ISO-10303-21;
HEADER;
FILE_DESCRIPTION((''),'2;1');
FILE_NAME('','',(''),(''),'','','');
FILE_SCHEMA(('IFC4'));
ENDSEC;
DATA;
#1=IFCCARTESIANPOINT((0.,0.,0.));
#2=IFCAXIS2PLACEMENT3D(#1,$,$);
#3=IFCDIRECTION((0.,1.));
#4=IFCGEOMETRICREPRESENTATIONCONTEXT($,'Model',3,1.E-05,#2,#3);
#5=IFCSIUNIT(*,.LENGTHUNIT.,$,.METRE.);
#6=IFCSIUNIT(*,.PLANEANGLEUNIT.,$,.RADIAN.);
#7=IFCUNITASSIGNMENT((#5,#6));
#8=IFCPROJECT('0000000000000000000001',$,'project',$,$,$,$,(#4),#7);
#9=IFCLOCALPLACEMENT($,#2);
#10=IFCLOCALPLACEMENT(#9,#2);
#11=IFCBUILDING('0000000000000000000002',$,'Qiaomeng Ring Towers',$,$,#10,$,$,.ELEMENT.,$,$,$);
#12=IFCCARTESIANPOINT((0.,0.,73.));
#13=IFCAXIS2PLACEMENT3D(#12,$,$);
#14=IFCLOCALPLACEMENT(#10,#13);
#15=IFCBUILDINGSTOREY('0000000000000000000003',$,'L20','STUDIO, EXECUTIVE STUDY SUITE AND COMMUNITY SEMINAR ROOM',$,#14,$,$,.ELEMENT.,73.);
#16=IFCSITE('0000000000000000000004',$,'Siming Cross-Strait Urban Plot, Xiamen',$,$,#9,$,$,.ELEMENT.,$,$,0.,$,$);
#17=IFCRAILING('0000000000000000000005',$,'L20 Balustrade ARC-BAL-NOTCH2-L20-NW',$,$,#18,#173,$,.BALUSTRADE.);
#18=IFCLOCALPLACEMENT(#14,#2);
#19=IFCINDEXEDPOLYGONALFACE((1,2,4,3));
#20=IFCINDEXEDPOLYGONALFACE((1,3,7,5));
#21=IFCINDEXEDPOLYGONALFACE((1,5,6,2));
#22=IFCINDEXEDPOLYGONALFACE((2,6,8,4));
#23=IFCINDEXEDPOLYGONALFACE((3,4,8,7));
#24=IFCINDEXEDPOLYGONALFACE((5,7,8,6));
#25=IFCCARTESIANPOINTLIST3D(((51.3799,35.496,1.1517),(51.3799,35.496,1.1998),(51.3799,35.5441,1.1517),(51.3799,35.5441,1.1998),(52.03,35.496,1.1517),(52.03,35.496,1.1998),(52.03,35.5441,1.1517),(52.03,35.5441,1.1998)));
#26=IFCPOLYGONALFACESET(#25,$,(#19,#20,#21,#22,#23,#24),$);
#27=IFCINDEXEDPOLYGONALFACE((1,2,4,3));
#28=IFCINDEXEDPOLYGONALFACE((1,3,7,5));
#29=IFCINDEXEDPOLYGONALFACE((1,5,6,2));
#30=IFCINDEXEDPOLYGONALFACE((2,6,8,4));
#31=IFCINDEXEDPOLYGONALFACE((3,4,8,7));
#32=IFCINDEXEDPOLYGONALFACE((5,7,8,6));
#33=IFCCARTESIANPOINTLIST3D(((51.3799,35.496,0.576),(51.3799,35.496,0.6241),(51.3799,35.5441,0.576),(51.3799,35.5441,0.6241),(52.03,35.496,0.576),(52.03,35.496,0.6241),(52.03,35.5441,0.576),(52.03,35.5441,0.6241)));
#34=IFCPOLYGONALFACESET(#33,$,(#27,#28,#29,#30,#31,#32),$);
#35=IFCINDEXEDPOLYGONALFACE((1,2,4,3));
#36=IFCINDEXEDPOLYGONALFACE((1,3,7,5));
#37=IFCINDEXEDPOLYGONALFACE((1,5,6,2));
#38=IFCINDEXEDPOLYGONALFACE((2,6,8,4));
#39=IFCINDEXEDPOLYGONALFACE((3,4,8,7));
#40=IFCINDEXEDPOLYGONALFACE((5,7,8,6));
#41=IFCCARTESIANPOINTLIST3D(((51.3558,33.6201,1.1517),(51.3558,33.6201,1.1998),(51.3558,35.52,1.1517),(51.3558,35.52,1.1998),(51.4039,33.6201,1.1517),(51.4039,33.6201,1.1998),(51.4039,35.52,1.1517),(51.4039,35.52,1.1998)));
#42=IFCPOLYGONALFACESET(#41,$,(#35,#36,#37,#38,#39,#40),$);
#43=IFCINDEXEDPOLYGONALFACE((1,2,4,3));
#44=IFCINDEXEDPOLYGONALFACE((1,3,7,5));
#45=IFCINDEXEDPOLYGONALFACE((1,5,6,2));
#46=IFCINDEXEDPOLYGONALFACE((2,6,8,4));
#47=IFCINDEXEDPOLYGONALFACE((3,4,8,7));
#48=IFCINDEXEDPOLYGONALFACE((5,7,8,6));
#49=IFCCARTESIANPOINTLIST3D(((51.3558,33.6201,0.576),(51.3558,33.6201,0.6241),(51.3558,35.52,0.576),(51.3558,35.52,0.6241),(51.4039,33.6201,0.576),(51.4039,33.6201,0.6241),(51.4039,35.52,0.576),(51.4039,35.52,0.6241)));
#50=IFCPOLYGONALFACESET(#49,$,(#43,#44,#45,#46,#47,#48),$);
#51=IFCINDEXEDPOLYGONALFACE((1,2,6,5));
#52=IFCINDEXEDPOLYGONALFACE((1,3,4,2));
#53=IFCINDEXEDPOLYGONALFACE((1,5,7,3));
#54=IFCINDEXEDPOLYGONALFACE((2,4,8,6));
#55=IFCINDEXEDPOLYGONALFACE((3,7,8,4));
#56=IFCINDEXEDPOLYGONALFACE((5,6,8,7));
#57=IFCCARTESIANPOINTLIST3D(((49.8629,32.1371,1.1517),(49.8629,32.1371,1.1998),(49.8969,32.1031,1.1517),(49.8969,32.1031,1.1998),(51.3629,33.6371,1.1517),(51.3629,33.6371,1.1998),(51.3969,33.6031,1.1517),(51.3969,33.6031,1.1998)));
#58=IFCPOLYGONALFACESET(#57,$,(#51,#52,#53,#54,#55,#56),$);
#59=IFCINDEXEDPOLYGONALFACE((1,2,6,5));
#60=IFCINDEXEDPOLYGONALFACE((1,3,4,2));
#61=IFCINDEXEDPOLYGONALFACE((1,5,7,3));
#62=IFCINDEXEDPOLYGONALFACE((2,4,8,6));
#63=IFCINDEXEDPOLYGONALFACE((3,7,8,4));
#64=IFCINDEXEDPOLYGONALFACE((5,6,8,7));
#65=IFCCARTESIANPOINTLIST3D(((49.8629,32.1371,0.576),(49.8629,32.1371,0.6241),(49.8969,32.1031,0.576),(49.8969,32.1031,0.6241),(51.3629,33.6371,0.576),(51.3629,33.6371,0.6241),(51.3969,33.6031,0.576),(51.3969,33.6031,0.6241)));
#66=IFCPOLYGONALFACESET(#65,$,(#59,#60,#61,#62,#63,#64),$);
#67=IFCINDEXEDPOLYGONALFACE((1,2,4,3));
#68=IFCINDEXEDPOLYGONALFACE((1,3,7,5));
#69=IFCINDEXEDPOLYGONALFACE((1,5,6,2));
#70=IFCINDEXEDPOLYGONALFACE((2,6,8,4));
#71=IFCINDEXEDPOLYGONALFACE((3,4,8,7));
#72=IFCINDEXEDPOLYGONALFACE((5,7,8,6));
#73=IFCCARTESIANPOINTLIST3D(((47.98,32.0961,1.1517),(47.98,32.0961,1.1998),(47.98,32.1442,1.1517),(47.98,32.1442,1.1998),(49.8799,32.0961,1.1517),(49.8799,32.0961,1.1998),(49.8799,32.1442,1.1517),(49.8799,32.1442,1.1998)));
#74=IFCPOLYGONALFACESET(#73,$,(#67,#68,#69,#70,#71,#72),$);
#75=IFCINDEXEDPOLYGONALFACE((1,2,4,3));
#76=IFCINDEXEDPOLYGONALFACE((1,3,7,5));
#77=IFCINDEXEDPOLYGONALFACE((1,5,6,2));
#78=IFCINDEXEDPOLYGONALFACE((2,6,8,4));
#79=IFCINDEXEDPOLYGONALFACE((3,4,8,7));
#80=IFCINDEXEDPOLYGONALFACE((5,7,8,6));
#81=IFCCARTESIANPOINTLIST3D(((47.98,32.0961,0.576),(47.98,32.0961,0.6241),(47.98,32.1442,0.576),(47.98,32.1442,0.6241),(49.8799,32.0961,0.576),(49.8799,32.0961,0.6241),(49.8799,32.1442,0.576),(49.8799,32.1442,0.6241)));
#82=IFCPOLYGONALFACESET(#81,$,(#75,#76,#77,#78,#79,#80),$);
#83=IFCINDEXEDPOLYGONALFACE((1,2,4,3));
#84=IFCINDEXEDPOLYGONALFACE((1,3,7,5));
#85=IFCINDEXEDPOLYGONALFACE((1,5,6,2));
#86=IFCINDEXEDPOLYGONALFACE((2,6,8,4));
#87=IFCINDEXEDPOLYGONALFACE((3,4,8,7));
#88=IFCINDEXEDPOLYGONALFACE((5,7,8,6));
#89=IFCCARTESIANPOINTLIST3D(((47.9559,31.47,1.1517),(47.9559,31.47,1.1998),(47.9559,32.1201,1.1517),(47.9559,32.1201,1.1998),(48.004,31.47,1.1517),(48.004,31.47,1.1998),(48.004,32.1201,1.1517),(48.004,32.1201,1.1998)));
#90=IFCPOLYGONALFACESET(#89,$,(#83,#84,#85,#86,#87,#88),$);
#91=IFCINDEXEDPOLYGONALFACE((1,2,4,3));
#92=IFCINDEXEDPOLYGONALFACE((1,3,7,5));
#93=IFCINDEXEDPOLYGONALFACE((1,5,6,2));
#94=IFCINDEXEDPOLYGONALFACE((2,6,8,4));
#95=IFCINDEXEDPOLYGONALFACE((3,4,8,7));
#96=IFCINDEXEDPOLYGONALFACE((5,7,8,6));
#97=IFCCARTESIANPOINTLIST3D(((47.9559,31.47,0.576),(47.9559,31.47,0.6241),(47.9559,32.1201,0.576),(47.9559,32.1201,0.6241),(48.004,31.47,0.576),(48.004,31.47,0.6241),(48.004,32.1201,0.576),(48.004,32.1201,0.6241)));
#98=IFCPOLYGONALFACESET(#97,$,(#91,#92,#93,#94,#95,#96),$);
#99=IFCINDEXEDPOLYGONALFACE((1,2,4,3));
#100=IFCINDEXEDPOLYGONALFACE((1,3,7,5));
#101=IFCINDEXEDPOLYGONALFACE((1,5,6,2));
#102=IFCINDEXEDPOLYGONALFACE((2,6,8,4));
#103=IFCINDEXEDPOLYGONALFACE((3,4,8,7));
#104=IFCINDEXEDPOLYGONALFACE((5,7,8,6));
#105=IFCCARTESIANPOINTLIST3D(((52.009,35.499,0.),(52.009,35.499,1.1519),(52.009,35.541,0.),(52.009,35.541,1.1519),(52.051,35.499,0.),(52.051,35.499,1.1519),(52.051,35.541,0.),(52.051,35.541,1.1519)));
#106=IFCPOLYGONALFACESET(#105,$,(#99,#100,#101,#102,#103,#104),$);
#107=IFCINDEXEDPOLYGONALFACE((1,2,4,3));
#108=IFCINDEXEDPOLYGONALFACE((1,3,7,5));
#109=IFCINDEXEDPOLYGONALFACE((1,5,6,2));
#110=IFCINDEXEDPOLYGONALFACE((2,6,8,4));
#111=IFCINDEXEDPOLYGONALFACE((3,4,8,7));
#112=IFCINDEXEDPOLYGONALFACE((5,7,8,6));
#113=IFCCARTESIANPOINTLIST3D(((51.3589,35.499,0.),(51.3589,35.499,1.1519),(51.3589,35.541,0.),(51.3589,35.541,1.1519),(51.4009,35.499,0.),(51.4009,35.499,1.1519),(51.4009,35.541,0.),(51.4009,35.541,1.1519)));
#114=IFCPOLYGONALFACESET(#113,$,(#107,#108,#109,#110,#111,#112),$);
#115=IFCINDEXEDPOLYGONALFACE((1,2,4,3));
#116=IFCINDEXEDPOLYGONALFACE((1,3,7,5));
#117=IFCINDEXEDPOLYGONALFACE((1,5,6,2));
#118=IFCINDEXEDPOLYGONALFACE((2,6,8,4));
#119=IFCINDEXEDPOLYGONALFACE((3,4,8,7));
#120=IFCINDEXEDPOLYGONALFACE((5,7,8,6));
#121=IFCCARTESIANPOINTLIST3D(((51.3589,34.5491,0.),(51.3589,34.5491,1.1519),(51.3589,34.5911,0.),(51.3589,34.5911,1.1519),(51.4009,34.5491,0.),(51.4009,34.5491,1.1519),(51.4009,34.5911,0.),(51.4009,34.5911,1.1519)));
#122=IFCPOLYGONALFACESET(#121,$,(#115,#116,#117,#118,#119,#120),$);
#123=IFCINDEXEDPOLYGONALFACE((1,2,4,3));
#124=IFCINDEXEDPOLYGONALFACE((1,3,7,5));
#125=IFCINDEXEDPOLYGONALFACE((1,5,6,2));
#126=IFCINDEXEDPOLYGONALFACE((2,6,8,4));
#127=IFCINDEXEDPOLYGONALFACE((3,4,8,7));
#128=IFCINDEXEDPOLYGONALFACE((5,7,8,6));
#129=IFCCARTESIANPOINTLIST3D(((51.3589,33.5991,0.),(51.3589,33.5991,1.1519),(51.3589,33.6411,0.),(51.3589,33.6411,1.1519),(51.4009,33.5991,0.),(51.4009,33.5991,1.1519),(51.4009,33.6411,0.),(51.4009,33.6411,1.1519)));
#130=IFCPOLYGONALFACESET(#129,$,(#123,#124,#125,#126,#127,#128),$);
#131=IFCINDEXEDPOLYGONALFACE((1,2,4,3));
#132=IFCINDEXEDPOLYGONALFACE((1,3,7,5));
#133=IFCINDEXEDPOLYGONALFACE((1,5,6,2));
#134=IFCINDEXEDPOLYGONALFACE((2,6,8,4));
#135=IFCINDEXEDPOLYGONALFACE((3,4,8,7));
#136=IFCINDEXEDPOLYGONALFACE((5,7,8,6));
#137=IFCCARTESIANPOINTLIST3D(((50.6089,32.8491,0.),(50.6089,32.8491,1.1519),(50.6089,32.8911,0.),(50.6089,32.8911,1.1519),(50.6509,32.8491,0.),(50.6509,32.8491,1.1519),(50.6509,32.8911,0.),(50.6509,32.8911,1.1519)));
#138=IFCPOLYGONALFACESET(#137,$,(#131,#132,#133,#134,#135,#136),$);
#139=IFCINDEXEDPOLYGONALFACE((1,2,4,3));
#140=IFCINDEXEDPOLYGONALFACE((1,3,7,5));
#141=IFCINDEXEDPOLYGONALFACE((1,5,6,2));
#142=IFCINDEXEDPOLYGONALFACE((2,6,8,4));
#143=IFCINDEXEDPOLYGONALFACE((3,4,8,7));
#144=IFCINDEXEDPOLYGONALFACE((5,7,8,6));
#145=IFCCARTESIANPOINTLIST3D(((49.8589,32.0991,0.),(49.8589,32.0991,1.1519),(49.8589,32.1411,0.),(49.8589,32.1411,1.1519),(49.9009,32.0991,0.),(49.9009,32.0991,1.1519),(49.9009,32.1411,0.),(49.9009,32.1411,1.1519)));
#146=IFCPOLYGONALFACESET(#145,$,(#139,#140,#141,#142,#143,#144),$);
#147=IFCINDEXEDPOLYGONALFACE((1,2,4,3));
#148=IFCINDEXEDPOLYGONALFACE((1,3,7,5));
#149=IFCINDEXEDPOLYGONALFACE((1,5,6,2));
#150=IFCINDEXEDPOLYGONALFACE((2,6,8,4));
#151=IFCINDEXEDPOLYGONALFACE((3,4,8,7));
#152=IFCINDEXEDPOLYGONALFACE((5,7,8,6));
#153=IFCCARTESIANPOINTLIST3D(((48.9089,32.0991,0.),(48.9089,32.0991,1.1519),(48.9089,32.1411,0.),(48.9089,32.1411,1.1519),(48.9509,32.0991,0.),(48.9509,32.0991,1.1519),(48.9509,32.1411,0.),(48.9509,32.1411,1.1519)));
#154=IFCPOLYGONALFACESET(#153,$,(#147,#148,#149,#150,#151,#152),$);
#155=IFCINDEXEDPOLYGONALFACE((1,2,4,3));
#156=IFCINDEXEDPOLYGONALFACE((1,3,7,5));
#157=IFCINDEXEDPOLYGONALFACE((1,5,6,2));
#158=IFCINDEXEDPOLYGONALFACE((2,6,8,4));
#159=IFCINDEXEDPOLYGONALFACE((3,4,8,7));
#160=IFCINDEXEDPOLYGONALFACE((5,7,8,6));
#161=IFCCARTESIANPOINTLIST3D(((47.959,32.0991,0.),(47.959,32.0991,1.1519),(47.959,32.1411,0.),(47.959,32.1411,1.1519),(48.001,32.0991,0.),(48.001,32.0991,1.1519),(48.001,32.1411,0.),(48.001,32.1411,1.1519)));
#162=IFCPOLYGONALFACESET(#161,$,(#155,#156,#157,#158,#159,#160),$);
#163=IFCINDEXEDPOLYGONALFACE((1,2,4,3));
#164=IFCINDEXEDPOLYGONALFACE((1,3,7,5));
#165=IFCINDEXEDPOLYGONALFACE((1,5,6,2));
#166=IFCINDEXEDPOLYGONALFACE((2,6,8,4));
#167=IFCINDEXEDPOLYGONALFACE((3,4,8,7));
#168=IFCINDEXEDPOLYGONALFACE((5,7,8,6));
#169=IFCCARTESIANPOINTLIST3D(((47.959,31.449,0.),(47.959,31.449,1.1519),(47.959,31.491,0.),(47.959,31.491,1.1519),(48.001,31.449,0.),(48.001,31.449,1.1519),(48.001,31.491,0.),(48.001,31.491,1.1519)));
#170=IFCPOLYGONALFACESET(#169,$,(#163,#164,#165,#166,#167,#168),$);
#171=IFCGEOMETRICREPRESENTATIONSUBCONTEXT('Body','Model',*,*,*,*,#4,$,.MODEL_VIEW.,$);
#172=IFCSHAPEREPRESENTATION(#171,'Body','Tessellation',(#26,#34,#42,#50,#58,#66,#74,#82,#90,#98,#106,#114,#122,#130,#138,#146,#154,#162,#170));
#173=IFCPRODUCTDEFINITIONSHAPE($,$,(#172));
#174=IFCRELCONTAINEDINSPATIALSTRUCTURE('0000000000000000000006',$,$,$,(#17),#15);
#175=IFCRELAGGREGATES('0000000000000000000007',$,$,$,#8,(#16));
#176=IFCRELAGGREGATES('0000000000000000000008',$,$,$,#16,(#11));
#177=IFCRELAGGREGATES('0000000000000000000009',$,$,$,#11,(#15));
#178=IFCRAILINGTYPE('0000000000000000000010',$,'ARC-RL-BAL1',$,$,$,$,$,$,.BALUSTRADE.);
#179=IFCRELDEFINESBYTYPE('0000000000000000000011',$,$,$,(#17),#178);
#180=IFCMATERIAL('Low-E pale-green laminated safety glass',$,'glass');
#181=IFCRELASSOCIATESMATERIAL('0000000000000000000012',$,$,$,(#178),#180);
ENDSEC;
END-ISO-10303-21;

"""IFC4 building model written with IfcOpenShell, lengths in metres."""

from ifc_helpers import new_model, si_unit, direction, frame, origin, origin_2d, place, context, subcontext, project, spatial, rectangle, extrude, material, type_object, element, save


model = new_model("IFC4")

# Units and contexts
model_context = context("Model", 3, precision=1e-05, world=origin(), true_north=direction((0.0, 1.0)))
body_context = subcontext(model_context, "Body", "Model", "MODEL_VIEW")
ifc_project = project(units=[si_unit("LENGTHUNIT", "METRE"), si_unit("PLANEANGLEUNIT", "RADIAN")], contexts=[model_context])

# Site, building, storey
site_placement = place(None, origin())
site = spatial("IfcSite", under=ifc_project, at=site_placement, Name="Siming Cross-Strait Urban Plot, Xiamen", CompositionType="ELEMENT", RefElevation=0.0)
building_placement = place(site_placement, origin())
building = spatial("IfcBuilding", under=site, at=building_placement, Name="Qiaomeng Ring Towers", CompositionType="ELEMENT")
storey_placement = place(building_placement, frame((0.0, 0.0, 73.0)))
storey = spatial("IfcBuildingStorey", under=building, at=storey_placement, Name="L20", Description="STUDIO, EXECUTIVE STUDY SUITE AND COMMUNITY SEMINAR ROOM", CompositionType="ELEMENT", Elevation=73.0)

# Railing
ifc_material_1 = material(Name="Low-E pale-green laminated safety glass", Category="glass")
railing_type = type_object("IfcRailingType", Name="ARC-RL-BAL1", PredefinedType="BALUSTRADE", material=ifc_material_1)
railing_1_placement = place(storey_placement, frame((52.03, 35.52, 0.0)))
element("IfcRailing", 1, at=railing_1_placement, inside=storey, type_object=railing_type, Name="L20 Balustrade ARC-BAL-NOTCH2-L20-NW", PredefinedType="BALUSTRADE", context=body_context, shape_type="SweptSolid", body=[
    extrude(rectangle(XDim=0.0481, YDim=0.0481, at=origin_2d()), frame((0.0, 0.0, 1.1758), z_axis=(-1.0, 0.0, 0.0), x_axis=(0.0, -1.0, 0.0)), (0.0, 0.0, 1.0), 0.6501),
    extrude(rectangle(XDim=0.0481, YDim=0.0481, at=origin_2d()), frame((0.0, 0.0, 0.6001), z_axis=(-1.0, 0.0, 0.0), x_axis=(0.0, -1.0, 0.0)), (0.0, 0.0, 1.0), 0.6501),
    extrude(rectangle(XDim=0.0481, YDim=0.0481, at=origin_2d()), frame((-0.6501, 0.0, 1.1758), z_axis=(0.0, -1.0, 0.0), x_axis=(1.0, 0.0, 0.0)), (0.0, 0.0, 1.0), 1.8999),
    extrude(rectangle(XDim=0.0481, YDim=0.0481, at=origin_2d()), frame((-0.6501, 0.0, 0.6001), z_axis=(0.0, -1.0, 0.0), x_axis=(1.0, 0.0, 0.0)), (0.0, 0.0, 1.0), 1.8999),
    extrude(rectangle(XDim=0.0481, YDim=0.0481, at=origin_2d()), frame((-0.6501, -1.8999, 1.1758), z_axis=(-0.707107, -0.707107, 0.0), x_axis=(0.707107, -0.707107, 0.0)), (0.0, 0.0, 1.0), 2.1213),
    extrude(rectangle(XDim=0.0481, YDim=0.0481, at=origin_2d()), frame((-0.6501, -1.8999, 0.6001), z_axis=(-0.707107, -0.707107, 0.0), x_axis=(0.707107, -0.707107, 0.0)), (0.0, 0.0, 1.0), 2.1213),
    extrude(rectangle(XDim=0.0481, YDim=0.0481, at=origin_2d()), frame((-2.1501, -3.3999, 1.1758), z_axis=(-1.0, 0.0, 0.0), x_axis=(0.0, -1.0, 0.0)), (0.0, 0.0, 1.0), 1.8999),
    extrude(rectangle(XDim=0.0481, YDim=0.0481, at=origin_2d()), frame((-2.1501, -3.3999, 0.6001), z_axis=(-1.0, 0.0, 0.0), x_axis=(0.0, -1.0, 0.0)), (0.0, 0.0, 1.0), 1.8999),
    extrude(rectangle(XDim=0.0481, YDim=0.0481, at=origin_2d()), frame((-4.05, -3.3999, 1.1758), z_axis=(0.0, -1.0, 0.0), x_axis=(1.0, 0.0, 0.0)), (0.0, 0.0, 1.0), 0.6501),
    extrude(rectangle(XDim=0.0481, YDim=0.0481, at=origin_2d()), frame((-4.05, -3.3999, 0.6001), z_axis=(0.0, -1.0, 0.0), x_axis=(1.0, 0.0, 0.0)), (0.0, 0.0, 1.0), 0.6501),
    extrude(rectangle(XDim=0.042, YDim=0.042, at=origin_2d()), origin(), (0.0, 0.0, 1.0), 1.1519),
    extrude(rectangle(XDim=0.042, YDim=0.042, at=origin_2d()), frame((-0.6501, 0.0, 0.0)), (0.0, 0.0, 1.0), 1.1519),
    extrude(rectangle(XDim=0.042, YDim=0.042, at=origin_2d()), frame((-0.6501, -0.95, 0.0)), (0.0, 0.0, 1.0), 1.1519),
    extrude(rectangle(XDim=0.042, YDim=0.042, at=origin_2d()), frame((-0.6501, -1.8999, 0.0)), (0.0, 0.0, 1.0), 1.1519),
    extrude(rectangle(XDim=0.042, YDim=0.042, at=origin_2d()), frame((-1.4001, -2.6499, 0.0)), (0.0, 0.0, 1.0), 1.1519),
    extrude(rectangle(XDim=0.042, YDim=0.042, at=origin_2d()), frame((-2.1501, -3.3999, 0.0)), (0.0, 0.0, 1.0), 1.1519),
    extrude(rectangle(XDim=0.042, YDim=0.042, at=origin_2d()), frame((-3.1001, -3.3999, 0.0)), (0.0, 0.0, 1.0), 1.1519),
    extrude(rectangle(XDim=0.042, YDim=0.042, at=origin_2d()), frame((-4.05, -3.3999, 0.0)), (0.0, 0.0, 1.0), 1.1519),
    extrude(rectangle(XDim=0.042, YDim=0.042, at=origin_2d()), frame((-4.05, -4.05, 0.0)), (0.0, 0.0, 1.0), 1.1519),
])

save(model, "model.ifc")
